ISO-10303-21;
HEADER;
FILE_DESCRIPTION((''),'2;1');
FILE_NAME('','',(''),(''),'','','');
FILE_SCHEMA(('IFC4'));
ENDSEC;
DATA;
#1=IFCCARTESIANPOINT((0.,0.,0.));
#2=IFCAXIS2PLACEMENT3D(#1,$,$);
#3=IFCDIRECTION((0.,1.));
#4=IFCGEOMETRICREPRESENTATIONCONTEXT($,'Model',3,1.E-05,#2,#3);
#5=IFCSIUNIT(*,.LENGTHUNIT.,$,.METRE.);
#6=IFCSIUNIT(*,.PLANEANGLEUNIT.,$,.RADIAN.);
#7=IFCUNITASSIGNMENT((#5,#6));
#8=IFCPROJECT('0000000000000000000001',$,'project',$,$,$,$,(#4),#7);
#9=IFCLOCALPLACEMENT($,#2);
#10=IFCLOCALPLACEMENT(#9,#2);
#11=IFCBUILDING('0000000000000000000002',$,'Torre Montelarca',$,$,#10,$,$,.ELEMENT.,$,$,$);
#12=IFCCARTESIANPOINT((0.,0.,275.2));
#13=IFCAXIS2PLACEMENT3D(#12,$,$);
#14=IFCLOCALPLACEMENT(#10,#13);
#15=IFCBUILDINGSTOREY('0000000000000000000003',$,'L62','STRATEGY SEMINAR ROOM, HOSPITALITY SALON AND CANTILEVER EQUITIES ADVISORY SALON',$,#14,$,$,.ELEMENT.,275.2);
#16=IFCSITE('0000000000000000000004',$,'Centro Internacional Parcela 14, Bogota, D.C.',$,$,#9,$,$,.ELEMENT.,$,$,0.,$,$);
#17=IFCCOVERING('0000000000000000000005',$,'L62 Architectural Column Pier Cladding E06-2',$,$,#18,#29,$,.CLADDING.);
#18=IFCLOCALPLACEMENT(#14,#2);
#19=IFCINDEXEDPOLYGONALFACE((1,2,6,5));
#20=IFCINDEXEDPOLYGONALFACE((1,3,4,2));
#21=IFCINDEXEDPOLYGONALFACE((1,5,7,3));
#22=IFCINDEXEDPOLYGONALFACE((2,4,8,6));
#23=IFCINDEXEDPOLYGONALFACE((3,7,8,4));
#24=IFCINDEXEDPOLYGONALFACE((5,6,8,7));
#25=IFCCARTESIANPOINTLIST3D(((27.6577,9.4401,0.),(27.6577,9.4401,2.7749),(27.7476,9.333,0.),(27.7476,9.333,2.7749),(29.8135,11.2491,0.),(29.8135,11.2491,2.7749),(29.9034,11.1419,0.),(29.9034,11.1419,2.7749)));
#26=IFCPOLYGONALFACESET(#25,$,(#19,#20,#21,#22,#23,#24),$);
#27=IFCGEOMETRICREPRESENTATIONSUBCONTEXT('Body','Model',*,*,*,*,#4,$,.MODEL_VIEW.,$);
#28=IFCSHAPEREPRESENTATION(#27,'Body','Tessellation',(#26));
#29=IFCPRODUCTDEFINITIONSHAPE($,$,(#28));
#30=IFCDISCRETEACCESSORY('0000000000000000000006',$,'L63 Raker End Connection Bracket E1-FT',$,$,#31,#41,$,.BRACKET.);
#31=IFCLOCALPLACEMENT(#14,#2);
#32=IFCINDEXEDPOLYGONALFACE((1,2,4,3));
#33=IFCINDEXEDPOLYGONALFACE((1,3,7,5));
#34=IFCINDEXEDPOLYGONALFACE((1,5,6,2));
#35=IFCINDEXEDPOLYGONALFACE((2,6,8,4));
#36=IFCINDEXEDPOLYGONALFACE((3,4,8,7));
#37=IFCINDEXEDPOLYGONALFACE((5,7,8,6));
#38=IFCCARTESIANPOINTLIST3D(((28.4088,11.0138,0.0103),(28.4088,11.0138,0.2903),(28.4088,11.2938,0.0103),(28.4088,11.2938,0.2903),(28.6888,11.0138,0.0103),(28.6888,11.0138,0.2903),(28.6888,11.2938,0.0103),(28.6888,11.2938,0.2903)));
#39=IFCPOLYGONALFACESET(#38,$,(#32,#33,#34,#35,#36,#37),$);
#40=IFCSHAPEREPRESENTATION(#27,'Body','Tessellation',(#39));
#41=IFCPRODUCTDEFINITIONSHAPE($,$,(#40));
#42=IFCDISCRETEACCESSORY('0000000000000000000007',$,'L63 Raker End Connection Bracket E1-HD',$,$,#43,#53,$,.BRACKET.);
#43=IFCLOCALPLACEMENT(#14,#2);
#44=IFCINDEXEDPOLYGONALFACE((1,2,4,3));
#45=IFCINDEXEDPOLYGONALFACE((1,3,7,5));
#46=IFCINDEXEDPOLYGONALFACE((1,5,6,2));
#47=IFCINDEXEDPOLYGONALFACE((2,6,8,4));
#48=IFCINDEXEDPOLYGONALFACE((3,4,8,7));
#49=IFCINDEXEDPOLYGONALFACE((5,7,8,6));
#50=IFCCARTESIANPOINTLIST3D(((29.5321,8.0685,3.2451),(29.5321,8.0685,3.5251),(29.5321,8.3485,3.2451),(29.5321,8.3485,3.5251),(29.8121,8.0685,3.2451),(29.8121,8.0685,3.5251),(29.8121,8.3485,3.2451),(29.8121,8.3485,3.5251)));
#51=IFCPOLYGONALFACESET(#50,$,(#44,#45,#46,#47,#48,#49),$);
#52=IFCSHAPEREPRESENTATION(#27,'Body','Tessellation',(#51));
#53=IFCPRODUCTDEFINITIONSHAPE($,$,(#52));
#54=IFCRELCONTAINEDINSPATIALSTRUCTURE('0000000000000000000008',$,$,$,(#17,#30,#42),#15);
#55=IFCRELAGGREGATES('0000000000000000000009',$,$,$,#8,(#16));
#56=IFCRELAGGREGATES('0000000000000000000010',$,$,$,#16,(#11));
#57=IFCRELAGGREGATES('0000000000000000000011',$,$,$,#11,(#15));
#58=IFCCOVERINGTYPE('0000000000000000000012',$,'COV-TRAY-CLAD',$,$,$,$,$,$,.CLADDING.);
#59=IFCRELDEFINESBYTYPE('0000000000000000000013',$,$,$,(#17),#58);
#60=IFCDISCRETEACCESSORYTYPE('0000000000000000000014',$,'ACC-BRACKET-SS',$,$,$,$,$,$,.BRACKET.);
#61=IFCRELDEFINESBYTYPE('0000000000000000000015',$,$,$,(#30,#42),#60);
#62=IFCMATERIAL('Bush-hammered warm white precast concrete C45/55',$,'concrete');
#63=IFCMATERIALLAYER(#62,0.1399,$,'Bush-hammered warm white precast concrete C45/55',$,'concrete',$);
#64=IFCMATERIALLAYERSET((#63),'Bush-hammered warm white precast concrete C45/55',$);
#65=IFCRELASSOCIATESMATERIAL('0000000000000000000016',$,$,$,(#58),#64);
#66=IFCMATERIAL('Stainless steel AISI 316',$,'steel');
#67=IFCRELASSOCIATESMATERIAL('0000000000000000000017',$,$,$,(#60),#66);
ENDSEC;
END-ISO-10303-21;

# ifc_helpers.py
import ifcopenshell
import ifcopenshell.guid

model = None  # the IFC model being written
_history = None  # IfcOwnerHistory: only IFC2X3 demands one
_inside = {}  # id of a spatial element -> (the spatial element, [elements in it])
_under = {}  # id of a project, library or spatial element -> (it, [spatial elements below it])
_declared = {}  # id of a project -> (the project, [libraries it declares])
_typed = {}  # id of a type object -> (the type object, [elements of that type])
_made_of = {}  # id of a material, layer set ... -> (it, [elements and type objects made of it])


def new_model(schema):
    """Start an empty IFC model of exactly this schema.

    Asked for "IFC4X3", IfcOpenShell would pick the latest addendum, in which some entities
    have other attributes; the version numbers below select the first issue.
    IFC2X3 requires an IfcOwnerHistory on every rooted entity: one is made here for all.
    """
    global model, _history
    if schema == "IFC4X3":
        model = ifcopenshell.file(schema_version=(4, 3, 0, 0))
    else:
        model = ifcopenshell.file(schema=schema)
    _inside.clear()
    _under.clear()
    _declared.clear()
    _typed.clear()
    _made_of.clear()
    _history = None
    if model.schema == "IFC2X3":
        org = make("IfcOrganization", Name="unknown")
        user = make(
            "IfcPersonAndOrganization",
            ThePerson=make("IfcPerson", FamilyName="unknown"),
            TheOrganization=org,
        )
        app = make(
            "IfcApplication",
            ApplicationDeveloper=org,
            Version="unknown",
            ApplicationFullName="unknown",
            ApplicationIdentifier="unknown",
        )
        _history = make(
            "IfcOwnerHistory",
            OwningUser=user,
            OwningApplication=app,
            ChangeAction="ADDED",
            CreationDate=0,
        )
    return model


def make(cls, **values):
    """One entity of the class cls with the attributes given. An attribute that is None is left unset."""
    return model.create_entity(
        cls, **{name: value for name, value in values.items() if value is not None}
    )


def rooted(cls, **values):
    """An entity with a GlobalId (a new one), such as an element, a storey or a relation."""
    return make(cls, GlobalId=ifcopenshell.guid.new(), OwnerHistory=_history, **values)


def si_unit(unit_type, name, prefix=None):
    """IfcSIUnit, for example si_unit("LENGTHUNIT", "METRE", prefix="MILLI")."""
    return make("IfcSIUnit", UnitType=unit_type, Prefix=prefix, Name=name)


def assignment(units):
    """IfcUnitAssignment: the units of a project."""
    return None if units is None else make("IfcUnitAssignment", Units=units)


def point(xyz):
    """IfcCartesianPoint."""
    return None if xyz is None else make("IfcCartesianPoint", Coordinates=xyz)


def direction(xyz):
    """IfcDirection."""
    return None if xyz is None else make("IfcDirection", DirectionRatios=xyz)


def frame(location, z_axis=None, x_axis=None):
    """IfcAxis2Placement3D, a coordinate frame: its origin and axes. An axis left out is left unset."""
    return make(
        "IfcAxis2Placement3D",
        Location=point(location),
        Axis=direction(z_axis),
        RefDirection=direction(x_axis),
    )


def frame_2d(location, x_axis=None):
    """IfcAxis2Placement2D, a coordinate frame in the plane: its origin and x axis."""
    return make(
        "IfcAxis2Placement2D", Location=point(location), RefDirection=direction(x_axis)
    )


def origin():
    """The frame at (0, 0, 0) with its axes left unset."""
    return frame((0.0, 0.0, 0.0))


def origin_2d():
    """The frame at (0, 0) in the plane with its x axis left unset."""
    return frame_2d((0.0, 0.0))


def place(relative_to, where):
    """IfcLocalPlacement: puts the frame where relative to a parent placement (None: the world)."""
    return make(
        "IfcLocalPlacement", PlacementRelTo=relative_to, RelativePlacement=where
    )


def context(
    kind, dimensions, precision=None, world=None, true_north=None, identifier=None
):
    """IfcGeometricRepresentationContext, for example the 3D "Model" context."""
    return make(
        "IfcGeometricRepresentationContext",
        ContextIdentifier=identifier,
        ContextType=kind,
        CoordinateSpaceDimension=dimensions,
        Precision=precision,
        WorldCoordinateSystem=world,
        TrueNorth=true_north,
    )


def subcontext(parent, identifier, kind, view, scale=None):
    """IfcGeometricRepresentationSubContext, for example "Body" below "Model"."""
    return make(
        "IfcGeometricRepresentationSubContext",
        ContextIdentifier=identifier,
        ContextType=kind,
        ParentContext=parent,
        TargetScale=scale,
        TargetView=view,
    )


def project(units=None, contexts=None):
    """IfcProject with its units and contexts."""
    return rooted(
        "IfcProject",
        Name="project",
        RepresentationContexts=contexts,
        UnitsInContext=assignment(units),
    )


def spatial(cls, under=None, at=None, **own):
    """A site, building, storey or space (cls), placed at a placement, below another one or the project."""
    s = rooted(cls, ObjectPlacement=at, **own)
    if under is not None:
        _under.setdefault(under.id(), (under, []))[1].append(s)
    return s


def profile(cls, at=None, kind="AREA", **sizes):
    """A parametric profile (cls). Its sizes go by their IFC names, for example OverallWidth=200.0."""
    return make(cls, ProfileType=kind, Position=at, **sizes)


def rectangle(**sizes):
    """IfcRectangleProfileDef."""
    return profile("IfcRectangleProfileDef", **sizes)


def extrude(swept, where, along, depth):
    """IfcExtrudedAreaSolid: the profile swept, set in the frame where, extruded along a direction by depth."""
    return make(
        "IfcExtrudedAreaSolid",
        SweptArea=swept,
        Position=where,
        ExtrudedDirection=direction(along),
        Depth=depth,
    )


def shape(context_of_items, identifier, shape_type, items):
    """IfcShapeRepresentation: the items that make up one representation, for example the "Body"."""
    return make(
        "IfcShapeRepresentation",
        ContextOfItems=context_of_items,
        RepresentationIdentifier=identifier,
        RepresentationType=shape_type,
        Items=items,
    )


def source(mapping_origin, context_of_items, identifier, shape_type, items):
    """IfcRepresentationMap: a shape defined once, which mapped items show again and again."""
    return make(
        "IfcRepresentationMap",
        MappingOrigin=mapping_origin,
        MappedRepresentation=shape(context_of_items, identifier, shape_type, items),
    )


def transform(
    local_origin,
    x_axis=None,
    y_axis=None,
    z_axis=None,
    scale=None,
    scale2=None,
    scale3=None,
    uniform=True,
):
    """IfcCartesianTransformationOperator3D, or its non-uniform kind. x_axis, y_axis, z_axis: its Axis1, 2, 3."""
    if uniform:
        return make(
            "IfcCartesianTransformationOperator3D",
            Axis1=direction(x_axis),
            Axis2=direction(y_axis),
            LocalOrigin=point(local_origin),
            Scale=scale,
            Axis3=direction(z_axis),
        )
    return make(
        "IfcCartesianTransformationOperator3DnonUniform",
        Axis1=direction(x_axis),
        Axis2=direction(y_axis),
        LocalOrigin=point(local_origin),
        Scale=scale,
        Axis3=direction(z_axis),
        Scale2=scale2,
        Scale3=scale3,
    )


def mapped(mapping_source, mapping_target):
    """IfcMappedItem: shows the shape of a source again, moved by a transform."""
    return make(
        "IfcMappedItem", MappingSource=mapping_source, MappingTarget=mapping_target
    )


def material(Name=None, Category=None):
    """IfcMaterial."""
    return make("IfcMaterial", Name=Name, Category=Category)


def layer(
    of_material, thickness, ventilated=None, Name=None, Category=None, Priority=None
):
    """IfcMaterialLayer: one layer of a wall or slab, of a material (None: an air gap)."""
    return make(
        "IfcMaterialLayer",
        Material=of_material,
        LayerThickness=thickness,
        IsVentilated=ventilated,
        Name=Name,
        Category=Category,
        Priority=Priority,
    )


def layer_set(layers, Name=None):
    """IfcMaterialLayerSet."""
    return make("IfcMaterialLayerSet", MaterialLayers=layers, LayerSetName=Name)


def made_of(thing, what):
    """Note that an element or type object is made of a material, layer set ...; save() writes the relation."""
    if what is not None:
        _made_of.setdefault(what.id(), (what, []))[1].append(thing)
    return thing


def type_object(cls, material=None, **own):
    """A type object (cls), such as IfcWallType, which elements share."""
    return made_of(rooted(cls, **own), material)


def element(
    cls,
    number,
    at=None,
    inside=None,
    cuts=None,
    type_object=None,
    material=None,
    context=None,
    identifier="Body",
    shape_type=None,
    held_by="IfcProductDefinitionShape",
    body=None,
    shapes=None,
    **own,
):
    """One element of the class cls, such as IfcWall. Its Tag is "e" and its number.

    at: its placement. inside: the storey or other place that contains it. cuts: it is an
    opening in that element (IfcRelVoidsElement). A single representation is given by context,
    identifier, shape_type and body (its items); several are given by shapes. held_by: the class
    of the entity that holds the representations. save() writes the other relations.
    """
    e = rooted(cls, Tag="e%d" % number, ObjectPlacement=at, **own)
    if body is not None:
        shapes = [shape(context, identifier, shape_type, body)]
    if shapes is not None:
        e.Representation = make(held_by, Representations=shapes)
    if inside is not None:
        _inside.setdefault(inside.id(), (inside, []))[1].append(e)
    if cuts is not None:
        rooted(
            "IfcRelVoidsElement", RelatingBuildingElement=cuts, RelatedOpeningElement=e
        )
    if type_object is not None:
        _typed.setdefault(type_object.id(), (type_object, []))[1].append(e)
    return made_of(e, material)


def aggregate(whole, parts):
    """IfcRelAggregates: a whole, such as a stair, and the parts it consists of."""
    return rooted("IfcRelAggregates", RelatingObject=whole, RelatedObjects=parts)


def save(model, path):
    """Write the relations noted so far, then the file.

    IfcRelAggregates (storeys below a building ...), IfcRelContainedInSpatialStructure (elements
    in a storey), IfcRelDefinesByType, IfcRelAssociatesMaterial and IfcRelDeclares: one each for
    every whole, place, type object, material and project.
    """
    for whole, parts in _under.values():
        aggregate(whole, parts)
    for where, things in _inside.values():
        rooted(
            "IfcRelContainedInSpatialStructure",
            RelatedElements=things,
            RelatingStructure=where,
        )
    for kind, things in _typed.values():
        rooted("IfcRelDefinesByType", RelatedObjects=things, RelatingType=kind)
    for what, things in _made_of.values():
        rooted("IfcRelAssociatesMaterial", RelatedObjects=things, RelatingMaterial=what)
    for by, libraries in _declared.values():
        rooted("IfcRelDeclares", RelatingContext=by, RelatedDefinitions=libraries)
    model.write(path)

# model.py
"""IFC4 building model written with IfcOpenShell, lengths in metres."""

from ifc_helpers import new_model, si_unit, direction, frame, origin, origin_2d, place, context, subcontext, project, spatial, rectangle, extrude, source, transform, mapped, material, layer, layer_set, type_object, element, save


model = new_model("IFC4")

# Units and contexts
model_context = context("Model", 3, precision=1e-05, world=origin(), true_north=direction((0.0, 1.0)))
body_context = subcontext(model_context, "Body", "Model", "MODEL_VIEW")
ifc_project = project(units=[si_unit("LENGTHUNIT", "METRE"), si_unit("PLANEANGLEUNIT", "RADIAN")], contexts=[model_context])

# Site, building, storey
site_placement = place(None, origin())
site = spatial("IfcSite", under=ifc_project, at=site_placement, Name="Centro Internacional Parcela 14, Bogota, D.C.", CompositionType="ELEMENT", RefElevation=0.0)
building_placement = place(site_placement, origin())
building = spatial("IfcBuilding", under=site, at=building_placement, Name="Torre Montelarca", CompositionType="ELEMENT")
storey_placement = place(building_placement, frame((0.0, 0.0, 275.2)))
storey = spatial("IfcBuildingStorey", under=building, at=storey_placement, Name="L62", Description="STRATEGY SEMINAR ROOM, HOSPITALITY SALON AND CANTILEVER EQUITIES ADVISORY SALON", CompositionType="ELEMENT", Elevation=275.2)

# Covering
ifc_material_1 = material(Name="Bush-hammered warm white precast concrete C45/55", Category="concrete")
ifc_layer_1 = layer(ifc_material_1, 0.1399, Name="Bush-hammered warm white precast concrete C45/55", Category="concrete")
ifc_layer_set_1 = layer_set([ifc_layer_1], Name="Bush-hammered warm white precast concrete C45/55")
covering_type = type_object("IfcCoveringType", Name="COV-TRAY-CLAD", PredefinedType="CLADDING", material=ifc_layer_set_1)
shared_shape_1 = source(origin(), body_context, "Body", "SweptSolid", [
    extrude(rectangle(XDim=2.8142, YDim=0.1399, at=origin_2d()), origin(), (0.0, 0.0, 1.0), 2.7749),
])
covering_1_placement = place(storey_placement, frame((28.7805, 10.291, 0.0), z_axis=(0.0, 0.0, 1.0), x_axis=(0.766044, 0.642788, 0.0)))
element("IfcCovering", 1, at=covering_1_placement, inside=storey, type_object=covering_type, Name="L62 Architectural Column Pier Cladding E06-2", PredefinedType="CLADDING", context=body_context, shape_type="MappedRepresentation", body=[
    mapped(shared_shape_1, transform((0.0, 0.0, 0.0), scale=1.0)),
])

# Discrete accessories
ifc_material_2 = material(Name="Stainless steel AISI 316", Category="steel")
discrete_accessory_type = type_object("IfcDiscreteAccessoryType", Name="ACC-BRACKET-SS", PredefinedType="BRACKET", material=ifc_material_2)
shared_shape_2 = source(origin(), body_context, "Body", "SweptSolid", [
    extrude(rectangle(XDim=0.28, YDim=0.28, at=origin_2d()), origin(), (0.0, 0.0, 1.0), 0.28),
])
for number, where, z_axis, x_axis, name in (
    (2, (28.5488, 11.1538, 0.0103), (0.0, 0.0, 1.0), (1.0, 0.0, 0.0), "L63 Raker End Connection Bracket E1-FT"),
    (3, (29.6721, 8.2085, 3.2451), (0.0, 0.0, 1.0), (1.0, 0.0, 0.0), "L63 Raker End Connection Bracket E1-HD"),
):
    element("IfcDiscreteAccessory", number, at=place(storey_placement, frame(where, z_axis=z_axis, x_axis=x_axis)), inside=storey, type_object=discrete_accessory_type, Name=name, PredefinedType="BRACKET", context=body_context, shape_type="MappedRepresentation", body=[
        mapped(shared_shape_2, transform((0.0, 0.0, 0.0), scale=1.0)),
    ])

save(model, "model.ifc")
